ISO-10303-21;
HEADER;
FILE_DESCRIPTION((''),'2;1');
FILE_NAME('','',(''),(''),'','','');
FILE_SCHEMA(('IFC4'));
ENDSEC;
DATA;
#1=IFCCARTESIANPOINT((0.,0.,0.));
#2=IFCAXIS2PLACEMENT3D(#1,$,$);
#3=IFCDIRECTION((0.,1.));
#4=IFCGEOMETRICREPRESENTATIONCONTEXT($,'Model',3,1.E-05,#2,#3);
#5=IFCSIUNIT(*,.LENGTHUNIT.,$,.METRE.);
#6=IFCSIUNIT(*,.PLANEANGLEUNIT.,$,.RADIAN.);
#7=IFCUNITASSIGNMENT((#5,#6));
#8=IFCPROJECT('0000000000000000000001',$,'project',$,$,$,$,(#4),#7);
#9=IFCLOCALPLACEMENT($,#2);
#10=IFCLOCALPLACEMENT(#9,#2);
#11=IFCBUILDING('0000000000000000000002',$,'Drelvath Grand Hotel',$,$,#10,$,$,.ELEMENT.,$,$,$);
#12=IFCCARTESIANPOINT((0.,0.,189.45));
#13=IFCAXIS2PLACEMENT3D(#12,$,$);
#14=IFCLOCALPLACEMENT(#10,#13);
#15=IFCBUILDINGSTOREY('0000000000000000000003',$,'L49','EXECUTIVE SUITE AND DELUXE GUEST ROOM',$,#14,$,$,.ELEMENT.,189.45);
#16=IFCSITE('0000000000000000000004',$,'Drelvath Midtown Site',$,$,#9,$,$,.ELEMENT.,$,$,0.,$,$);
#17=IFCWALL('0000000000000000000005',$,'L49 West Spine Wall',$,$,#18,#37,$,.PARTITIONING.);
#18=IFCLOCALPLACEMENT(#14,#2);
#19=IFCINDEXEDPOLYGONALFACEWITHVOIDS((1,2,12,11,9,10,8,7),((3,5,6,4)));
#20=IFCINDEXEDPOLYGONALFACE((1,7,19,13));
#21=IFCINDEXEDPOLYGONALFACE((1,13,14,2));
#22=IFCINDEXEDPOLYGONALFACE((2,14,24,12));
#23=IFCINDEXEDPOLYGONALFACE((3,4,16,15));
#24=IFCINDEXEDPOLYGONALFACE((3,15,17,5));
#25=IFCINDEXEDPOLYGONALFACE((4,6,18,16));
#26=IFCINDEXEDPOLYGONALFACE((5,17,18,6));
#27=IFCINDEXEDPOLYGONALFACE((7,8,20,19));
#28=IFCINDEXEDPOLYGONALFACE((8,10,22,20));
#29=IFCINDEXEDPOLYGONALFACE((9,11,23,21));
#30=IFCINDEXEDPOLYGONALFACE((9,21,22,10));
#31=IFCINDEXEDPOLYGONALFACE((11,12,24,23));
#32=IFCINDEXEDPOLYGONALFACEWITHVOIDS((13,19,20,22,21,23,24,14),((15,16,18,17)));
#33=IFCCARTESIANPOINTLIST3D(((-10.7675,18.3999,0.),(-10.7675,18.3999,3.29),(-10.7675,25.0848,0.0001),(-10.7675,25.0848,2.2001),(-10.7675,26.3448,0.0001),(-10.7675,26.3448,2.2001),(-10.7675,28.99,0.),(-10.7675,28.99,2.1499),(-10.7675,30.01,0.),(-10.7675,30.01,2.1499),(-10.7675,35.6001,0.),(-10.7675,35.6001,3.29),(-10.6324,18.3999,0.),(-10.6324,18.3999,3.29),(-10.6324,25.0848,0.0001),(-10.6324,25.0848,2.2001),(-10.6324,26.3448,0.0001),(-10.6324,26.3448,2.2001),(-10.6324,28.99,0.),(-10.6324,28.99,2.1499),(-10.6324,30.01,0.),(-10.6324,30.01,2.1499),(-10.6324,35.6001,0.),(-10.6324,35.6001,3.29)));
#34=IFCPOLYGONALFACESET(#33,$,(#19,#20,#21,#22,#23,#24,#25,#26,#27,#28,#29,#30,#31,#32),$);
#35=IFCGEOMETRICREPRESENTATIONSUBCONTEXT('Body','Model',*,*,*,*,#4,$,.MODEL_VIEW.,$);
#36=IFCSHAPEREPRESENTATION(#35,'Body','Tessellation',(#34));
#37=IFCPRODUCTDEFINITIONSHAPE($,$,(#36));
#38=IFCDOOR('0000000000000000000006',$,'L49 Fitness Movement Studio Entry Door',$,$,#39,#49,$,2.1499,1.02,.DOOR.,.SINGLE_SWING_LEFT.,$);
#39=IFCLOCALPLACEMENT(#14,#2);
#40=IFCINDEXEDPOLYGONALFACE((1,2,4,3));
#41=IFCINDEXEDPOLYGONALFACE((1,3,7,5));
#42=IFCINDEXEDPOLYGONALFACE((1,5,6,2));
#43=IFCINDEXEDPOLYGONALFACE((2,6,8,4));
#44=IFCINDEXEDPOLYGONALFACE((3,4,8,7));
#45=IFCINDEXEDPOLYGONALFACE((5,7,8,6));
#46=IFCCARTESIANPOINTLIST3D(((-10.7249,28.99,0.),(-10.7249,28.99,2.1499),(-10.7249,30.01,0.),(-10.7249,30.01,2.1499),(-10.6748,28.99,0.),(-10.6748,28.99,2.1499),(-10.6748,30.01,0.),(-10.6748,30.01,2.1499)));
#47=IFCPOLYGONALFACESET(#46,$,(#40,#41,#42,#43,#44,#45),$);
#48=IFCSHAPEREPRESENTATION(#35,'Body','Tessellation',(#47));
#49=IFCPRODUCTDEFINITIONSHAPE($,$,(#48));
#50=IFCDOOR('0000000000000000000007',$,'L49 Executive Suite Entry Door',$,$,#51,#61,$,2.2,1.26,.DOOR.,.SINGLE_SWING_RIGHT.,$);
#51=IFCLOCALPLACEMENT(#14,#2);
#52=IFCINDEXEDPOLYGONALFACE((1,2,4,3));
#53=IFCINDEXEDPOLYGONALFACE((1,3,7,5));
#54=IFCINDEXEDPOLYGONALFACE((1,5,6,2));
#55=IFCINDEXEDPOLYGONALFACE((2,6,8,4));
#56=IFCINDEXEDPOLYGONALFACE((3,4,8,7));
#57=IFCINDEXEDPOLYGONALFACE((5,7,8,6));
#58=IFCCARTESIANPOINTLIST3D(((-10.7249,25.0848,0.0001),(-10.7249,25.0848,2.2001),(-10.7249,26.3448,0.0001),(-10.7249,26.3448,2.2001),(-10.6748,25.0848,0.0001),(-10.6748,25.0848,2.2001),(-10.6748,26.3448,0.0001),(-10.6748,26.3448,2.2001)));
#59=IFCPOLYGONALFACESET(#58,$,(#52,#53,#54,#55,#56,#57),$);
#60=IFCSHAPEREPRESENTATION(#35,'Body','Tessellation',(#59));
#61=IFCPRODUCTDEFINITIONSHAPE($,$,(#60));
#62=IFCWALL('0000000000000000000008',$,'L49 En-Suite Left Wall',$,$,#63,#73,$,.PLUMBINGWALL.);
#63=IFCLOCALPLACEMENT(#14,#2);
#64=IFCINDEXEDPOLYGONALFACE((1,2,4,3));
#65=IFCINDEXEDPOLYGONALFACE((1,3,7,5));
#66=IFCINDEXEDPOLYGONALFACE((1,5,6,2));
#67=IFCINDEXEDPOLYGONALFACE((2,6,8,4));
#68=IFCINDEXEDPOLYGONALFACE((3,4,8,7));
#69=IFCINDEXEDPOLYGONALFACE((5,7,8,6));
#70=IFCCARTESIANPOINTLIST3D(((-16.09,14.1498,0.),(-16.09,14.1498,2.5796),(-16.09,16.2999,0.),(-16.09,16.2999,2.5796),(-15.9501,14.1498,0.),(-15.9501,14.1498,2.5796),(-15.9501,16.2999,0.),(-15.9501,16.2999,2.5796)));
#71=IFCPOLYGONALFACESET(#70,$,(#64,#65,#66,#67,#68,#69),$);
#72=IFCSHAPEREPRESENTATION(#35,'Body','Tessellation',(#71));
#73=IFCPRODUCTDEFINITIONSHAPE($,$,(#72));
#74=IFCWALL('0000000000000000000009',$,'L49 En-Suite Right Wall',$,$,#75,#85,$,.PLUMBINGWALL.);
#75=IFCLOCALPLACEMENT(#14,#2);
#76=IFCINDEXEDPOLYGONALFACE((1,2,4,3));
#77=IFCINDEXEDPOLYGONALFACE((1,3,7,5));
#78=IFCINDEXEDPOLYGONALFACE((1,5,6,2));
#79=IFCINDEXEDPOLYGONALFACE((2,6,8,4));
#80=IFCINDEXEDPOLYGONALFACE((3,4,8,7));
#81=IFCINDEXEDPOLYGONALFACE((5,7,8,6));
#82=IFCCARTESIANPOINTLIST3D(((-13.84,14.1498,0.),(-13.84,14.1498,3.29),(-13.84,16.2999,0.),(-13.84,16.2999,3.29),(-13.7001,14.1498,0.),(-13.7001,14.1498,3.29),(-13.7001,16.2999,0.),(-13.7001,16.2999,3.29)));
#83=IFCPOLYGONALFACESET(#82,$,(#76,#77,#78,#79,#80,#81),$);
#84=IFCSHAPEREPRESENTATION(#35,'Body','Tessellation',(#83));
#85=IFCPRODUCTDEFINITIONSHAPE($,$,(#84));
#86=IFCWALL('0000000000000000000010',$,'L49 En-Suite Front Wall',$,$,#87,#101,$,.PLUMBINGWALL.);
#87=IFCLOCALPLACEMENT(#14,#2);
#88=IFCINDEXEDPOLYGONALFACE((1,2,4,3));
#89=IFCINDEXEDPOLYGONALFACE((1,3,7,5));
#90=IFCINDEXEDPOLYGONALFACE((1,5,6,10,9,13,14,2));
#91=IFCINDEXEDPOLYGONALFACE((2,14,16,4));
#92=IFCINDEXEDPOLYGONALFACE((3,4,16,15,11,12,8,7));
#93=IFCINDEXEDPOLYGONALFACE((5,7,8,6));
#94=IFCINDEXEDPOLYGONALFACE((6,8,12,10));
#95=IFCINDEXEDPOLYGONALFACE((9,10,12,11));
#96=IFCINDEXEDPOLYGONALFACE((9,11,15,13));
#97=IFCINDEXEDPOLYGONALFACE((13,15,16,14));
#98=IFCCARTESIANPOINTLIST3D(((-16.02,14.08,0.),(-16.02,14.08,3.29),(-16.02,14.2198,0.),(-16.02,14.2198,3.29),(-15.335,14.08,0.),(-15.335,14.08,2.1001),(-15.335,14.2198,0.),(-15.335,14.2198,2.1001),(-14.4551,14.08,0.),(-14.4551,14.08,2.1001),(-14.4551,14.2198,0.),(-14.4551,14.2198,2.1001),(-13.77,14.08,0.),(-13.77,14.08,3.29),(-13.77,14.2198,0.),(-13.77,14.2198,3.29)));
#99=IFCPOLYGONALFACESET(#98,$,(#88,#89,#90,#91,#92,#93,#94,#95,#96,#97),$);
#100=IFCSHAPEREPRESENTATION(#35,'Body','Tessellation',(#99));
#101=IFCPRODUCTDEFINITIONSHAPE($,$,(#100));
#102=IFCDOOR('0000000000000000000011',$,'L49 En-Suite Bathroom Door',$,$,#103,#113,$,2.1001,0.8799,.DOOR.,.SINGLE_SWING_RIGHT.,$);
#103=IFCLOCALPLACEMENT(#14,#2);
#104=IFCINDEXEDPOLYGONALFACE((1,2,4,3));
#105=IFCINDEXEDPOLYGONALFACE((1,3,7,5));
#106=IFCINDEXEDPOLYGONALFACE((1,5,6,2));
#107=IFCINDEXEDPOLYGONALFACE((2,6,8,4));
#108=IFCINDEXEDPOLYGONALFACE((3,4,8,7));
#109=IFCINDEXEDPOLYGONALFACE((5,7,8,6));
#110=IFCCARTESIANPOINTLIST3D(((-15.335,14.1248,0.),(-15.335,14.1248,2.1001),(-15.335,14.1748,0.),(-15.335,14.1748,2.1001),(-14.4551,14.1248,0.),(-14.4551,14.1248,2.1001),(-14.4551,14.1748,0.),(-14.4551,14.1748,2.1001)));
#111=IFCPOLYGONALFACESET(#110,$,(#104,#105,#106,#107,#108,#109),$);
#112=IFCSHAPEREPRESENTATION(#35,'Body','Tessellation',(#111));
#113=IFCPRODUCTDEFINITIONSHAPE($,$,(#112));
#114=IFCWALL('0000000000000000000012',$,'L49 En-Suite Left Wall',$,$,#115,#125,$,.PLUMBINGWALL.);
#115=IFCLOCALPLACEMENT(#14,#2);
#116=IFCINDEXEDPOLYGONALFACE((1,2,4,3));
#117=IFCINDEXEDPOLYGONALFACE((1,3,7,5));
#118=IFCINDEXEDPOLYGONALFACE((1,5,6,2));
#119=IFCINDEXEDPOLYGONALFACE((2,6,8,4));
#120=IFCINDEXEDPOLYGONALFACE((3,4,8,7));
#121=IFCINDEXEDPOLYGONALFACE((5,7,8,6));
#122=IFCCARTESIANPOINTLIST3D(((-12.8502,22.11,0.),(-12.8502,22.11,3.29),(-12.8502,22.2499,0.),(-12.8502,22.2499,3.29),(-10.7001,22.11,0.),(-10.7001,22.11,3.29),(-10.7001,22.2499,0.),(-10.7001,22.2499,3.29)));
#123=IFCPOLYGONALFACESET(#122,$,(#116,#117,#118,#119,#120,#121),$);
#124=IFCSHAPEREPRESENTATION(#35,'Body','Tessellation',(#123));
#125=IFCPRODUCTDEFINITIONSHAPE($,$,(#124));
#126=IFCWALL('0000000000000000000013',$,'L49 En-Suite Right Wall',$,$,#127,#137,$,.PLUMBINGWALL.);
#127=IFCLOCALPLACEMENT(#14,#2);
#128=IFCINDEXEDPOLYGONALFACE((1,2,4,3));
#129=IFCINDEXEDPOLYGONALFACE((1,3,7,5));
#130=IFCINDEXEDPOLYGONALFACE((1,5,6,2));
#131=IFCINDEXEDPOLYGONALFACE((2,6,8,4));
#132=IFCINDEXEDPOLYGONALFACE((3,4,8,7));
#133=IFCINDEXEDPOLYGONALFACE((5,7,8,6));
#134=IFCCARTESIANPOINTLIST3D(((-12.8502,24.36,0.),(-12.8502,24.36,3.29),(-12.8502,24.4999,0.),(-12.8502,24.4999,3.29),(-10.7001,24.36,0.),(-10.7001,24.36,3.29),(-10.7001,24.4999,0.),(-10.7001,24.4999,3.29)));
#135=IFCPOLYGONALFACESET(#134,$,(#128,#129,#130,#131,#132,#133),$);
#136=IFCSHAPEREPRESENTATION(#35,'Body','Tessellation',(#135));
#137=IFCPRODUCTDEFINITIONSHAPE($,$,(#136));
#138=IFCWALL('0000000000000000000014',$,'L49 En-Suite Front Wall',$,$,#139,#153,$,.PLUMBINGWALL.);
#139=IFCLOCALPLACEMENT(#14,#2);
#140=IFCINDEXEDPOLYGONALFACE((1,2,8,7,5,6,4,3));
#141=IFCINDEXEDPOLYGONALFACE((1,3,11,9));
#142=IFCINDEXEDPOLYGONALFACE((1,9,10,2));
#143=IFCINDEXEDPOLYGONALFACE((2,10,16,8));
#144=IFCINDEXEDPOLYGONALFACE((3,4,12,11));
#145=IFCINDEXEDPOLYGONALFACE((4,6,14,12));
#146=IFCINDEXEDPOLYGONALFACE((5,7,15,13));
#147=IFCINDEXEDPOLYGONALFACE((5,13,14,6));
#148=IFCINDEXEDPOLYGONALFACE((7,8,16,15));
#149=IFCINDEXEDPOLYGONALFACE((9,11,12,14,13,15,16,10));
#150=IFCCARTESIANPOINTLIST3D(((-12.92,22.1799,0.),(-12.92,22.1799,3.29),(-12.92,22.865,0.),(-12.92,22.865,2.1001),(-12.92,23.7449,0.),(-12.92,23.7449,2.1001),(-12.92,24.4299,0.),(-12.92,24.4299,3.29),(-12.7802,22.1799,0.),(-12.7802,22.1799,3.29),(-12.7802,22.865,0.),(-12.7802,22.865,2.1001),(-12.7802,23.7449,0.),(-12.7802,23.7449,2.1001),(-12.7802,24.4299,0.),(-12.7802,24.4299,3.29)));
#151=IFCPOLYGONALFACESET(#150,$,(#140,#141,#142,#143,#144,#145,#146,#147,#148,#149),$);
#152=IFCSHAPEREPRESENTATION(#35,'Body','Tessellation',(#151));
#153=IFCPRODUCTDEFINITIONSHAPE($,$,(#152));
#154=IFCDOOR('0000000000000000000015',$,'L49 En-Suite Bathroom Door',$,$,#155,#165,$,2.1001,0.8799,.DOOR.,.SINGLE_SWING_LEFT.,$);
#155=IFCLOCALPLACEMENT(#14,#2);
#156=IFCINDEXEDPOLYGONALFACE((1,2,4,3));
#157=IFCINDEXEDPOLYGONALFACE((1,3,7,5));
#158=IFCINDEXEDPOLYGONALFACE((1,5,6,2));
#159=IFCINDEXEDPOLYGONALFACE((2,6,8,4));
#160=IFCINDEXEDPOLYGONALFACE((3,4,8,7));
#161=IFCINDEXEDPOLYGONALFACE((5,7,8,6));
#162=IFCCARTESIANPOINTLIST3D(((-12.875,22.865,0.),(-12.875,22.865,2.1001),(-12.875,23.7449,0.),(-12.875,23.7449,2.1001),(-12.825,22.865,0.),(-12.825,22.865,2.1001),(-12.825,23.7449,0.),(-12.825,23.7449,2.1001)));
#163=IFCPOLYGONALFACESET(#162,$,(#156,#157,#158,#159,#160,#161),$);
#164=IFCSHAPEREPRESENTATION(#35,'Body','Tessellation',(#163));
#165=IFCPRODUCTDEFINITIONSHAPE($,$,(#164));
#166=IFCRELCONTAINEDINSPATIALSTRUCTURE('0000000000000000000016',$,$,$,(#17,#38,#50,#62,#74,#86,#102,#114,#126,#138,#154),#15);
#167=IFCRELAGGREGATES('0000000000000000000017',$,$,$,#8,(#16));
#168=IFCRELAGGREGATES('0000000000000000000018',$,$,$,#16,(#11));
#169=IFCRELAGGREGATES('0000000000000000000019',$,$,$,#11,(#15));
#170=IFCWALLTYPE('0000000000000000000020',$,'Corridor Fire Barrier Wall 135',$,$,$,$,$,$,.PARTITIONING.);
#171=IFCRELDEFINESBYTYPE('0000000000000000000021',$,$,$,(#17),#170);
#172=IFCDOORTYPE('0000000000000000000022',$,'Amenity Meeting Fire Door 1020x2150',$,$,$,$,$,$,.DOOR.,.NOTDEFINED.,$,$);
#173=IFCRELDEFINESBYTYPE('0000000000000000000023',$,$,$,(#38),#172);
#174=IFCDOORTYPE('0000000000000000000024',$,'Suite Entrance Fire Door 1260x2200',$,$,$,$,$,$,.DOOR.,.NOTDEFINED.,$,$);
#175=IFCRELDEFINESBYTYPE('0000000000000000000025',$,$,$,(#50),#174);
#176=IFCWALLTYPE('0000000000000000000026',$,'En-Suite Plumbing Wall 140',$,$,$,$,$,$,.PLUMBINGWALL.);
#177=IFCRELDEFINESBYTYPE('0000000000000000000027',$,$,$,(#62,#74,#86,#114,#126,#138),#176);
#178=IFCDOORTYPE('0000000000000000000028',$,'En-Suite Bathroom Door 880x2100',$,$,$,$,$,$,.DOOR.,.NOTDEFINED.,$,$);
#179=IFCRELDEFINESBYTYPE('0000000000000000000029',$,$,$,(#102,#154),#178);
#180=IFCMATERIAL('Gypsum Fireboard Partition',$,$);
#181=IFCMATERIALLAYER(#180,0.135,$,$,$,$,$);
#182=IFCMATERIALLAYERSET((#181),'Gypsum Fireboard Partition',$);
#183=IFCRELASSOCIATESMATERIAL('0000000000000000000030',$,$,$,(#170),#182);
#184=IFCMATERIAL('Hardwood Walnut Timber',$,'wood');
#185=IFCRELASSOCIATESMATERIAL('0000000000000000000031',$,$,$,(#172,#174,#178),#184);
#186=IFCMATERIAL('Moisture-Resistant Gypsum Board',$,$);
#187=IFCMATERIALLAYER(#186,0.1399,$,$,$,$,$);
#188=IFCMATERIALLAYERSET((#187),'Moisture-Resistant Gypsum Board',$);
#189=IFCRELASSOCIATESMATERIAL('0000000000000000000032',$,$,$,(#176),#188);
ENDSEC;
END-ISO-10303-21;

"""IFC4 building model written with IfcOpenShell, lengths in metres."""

from ifc_helpers import new_model, si_unit, direction, frame, frame_2d, origin, place, context, subcontext, project, spatial, rectangle, extrude, material, layer, layer_set, type_object, element, fill, save


model = new_model("IFC4")

# Units and contexts
model_context = context("Model", 3, precision=1e-05, world=origin(), true_north=direction((0.0, 1.0)))
body_context = subcontext(model_context, "Body", "Model", "MODEL_VIEW")
ifc_project = project(units=[si_unit("LENGTHUNIT", "METRE"), si_unit("PLANEANGLEUNIT", "RADIAN")], contexts=[model_context])

# Site, building, storey
site_placement = place(None, origin())
site = spatial("IfcSite", under=ifc_project, at=site_placement, Name="Drelvath Midtown Site", CompositionType="ELEMENT", RefElevation=0.0)
building_placement = place(site_placement, origin())
building = spatial("IfcBuilding", under=site, at=building_placement, Name="Drelvath Grand Hotel", CompositionType="ELEMENT")
storey_placement = place(building_placement, frame((0.0, 0.0, 189.45)))
storey = spatial("IfcBuildingStorey", under=building, at=storey_placement, Name="L49", Description="EXECUTIVE SUITE AND DELUXE GUEST ROOM", CompositionType="ELEMENT", Elevation=189.45)

# Shared definitions
ifc_material_1 = material(Name="Gypsum Fireboard Partition")
ifc_layer_1 = layer(ifc_material_1, 0.135)
ifc_layer_set_1 = layer_set([ifc_layer_1], Name="Gypsum Fireboard Partition")
wall_type_1 = type_object("IfcWallType", Name="Corridor Fire Barrier Wall 135", PredefinedType="PARTITIONING", material=ifc_layer_set_1)

# Wall, openings, doors
wall_1_placement = place(storey_placement, frame((-10.7, 18.3999, 0.0), z_axis=(0.0, 0.0, 1.0), x_axis=(0.0, 1.0, 0.0)))
wall_1 = element("IfcWall", 1, at=wall_1_placement, inside=storey, type_object=wall_type_1, Name="L49 West Spine Wall", PredefinedType="PARTITIONING", context=body_context, shape_type="SweptSolid", body=[
    extrude(rectangle(XDim=17.2002, YDim=0.135, at=frame_2d((8.6001, 0.0))), origin(), (0.0, 0.0, 1.0), 3.29),
])
opening_1_placement = place(wall_1_placement, frame((6.6851, 0.0, 0.0)))
opening_1 = element("IfcOpeningElement", 2, at=opening_1_placement, cuts=wall_1, PredefinedType="OPENING", context=body_context, shape_type="SweptSolid", body=[
    extrude(rectangle(XDim=1.26, YDim=2.2, at=frame_2d((0.6299, 1.1001))), frame((0.0, 0.0774, 0.0), z_axis=(0.0, -1.0, 0.0), x_axis=(1.0, 0.0, 0.0)), (0.0, 0.0, 1.0), 0.155),
])
opening_2_placement = place(wall_1_placement, frame((10.5901, 0.0, 0.0)))
opening_2 = element("IfcOpeningElement", 3, at=opening_2_placement, cuts=wall_1, PredefinedType="OPENING", context=body_context, shape_type="SweptSolid", body=[
    extrude(rectangle(XDim=1.02, YDim=2.1499, at=frame_2d((0.51, 1.075))), frame((0.0, 0.0774, 0.0), z_axis=(0.0, -1.0, 0.0), x_axis=(1.0, 0.0, 0.0)), (0.0, 0.0, 1.0), 0.155),
])
ifc_material_2 = material(Name="Hardwood Walnut Timber", Category="wood")
door_type_1 = type_object("IfcDoorType", Name="Amenity Meeting Fire Door 1020x2150", OperationType="NOTDEFINED", PredefinedType="DOOR", material=ifc_material_2)
door_1_placement = place(opening_2_placement, origin())
door_1 = element("IfcDoor", 4, at=door_1_placement, inside=storey, type_object=door_type_1, Name="L49 Fitness Movement Studio Entry Door", OperationType="SINGLE_SWING_LEFT", OverallHeight=2.1499, OverallWidth=1.02, PredefinedType="DOOR", context=body_context, shape_type="SweptSolid", body=[
    extrude(rectangle(XDim=1.02, YDim=2.1499, at=frame_2d((0.51, 1.075))), frame((0.0, 0.0249, 0.0), z_axis=(0.0, -1.0, 0.0), x_axis=(1.0, 0.0, 0.0)), (0.0, 0.0, 1.0), 0.05),
])
fill(opening_2, door_1)
door_type_2 = type_object("IfcDoorType", Name="Suite Entrance Fire Door 1260x2200", OperationType="NOTDEFINED", PredefinedType="DOOR", material=ifc_material_2)
door_2_placement = place(opening_1_placement, origin())
door_2 = element("IfcDoor", 5, at=door_2_placement, inside=storey, type_object=door_type_2, Name="L49 Executive Suite Entry Door", OperationType="SINGLE_SWING_RIGHT", OverallHeight=2.2, OverallWidth=1.26, PredefinedType="DOOR", context=body_context, shape_type="SweptSolid", body=[
    extrude(rectangle(XDim=1.26, YDim=2.2, at=frame_2d((0.6299, 1.1001))), frame((0.0, 0.0249, 0.0), z_axis=(0.0, -1.0, 0.0), x_axis=(1.0, 0.0, 0.0)), (0.0, 0.0, 1.0), 0.05),
])
fill(opening_1, door_2)

# Walls
ifc_material_3 = material(Name="Moisture-Resistant Gypsum Board")
ifc_layer_2 = layer(ifc_material_3, 0.1399)
ifc_layer_set_2 = layer_set([ifc_layer_2], Name="Moisture-Resistant Gypsum Board")
wall_type_2 = type_object("IfcWallType", Name="En-Suite Plumbing Wall 140", PredefinedType="PLUMBINGWALL", material=ifc_layer_set_2)
wall_2_placement = place(storey_placement, frame((-16.02, 16.3, 0.0), z_axis=(0.0, 0.0, 1.0), x_axis=(0.0, -1.0, 0.0)))
element("IfcWall", 6, at=wall_2_placement, inside=storey, type_object=wall_type_2, Name="L49 En-Suite Left Wall", PredefinedType="PLUMBINGWALL", context=body_context, shape_type="SweptSolid", body=[
    extrude(rectangle(XDim=2.1501, YDim=0.1399, at=frame_2d((1.0752, 0.0))), origin(), (0.0, 0.0, 1.0), 2.5796),
])
wall_3_placement = place(storey_placement, frame((-13.77, 16.3, 0.0), z_axis=(0.0, 0.0, 1.0), x_axis=(0.0, -1.0, 0.0)))
element("IfcWall", 7, at=wall_3_placement, inside=storey, type_object=wall_type_2, Name="L49 En-Suite Right Wall", PredefinedType="PLUMBINGWALL", context=body_context, shape_type="SweptSolid", body=[
    extrude(rectangle(XDim=2.1501, YDim=0.1399, at=frame_2d((1.0752, 0.0))), origin(), (0.0, 0.0, 1.0), 3.29),
])

# Wall, opening, door
wall_4_placement = place(storey_placement, frame((-16.02, 14.1499, 0.0), z_axis=(0.0, 0.0, 1.0), x_axis=(1.0, 0.0, 0.0)))
wall_4 = element("IfcWall", 8, at=wall_4_placement, inside=storey, type_object=wall_type_2, Name="L49 En-Suite Front Wall", PredefinedType="PLUMBINGWALL", context=body_context, shape_type="SweptSolid", body=[
    extrude(rectangle(XDim=2.25, YDim=0.1399, at=frame_2d((1.125, 0.0))), origin(), (0.0, 0.0, 1.0), 3.29),
])
opening_3_placement = place(wall_4_placement, frame((0.6851, 0.0, 0.0)))
opening_3 = element("IfcOpeningElement", 9, at=opening_3_placement, cuts=wall_4, PredefinedType="OPENING", context=body_context, shape_type="SweptSolid", body=[
    extrude(rectangle(XDim=0.8799, YDim=2.1001, at=frame_2d((0.4399, 1.05))), frame((0.0, 0.0798, 0.0), z_axis=(0.0, -1.0, 0.0), x_axis=(1.0, 0.0, 0.0)), (0.0, 0.0, 1.0), 0.1599),
])
door_type_3 = type_object("IfcDoorType", Name="En-Suite Bathroom Door 880x2100", OperationType="NOTDEFINED", PredefinedType="DOOR", material=ifc_material_2)
door_3_placement = place(opening_3_placement, origin())
door_3 = element("IfcDoor", 10, at=door_3_placement, inside=storey, type_object=door_type_3, Name="L49 En-Suite Bathroom Door", OperationType="SINGLE_SWING_RIGHT", OverallHeight=2.1001, OverallWidth=0.8799, PredefinedType="DOOR", context=body_context, shape_type="SweptSolid", body=[
    extrude(rectangle(XDim=0.8799, YDim=2.1001, at=frame_2d((0.4399, 1.05))), frame((0.0, 0.0249, 0.0), z_axis=(0.0, -1.0, 0.0), x_axis=(1.0, 0.0, 0.0)), (0.0, 0.0, 1.0), 0.05),
])
fill(opening_3, door_3)

# Walls
for number, where, z_axis, x_axis, name in (
    (11, (-10.7, 22.1799, 0.0), (0.0, 0.0, 1.0), (-1.0, 0.0, 0.0), "L49 En-Suite Left Wall"),
    (12, (-10.7, 24.4299, 0.0), (0.0, 0.0, 1.0), (-1.0, 0.0, 0.0), "L49 En-Suite Right Wall"),
):
    element("IfcWall", number, at=place(storey_placement, frame(where, z_axis=z_axis, x_axis=x_axis)), inside=storey, type_object=wall_type_2, Name=name, PredefinedType="PLUMBINGWALL", context=body_context, shape_type="SweptSolid", body=[
        extrude(rectangle(XDim=2.1501, YDim=0.1399, at=frame_2d((1.0752, 0.0))), origin(), (0.0, 0.0, 1.0), 3.29),
    ])

# Wall, opening, door
wall_5_placement = place(storey_placement, frame((-12.8501, 22.1799, 0.0), z_axis=(0.0, 0.0, 1.0), x_axis=(0.0, 1.0, 0.0)))
wall_5 = element("IfcWall", 13, at=wall_5_placement, inside=storey, type_object=wall_type_2, Name="L49 En-Suite Front Wall", PredefinedType="PLUMBINGWALL", context=body_context, shape_type="SweptSolid", body=[
    extrude(rectangle(XDim=2.25, YDim=0.1399, at=frame_2d((1.125, 0.0))), origin(), (0.0, 0.0, 1.0), 3.29),
])
opening_4_placement = place(wall_5_placement, frame((0.6851, 0.0, 0.0)))
opening_4 = element("IfcOpeningElement", 14, at=opening_4_placement, cuts=wall_5, PredefinedType="OPENING", context=body_context, shape_type="SweptSolid", body=[
    extrude(rectangle(XDim=0.8799, YDim=2.1001, at=frame_2d((0.4399, 1.05))), frame((0.0, 0.0798, 0.0), z_axis=(0.0, -1.0, 0.0), x_axis=(1.0, 0.0, 0.0)), (0.0, 0.0, 1.0), 0.1599),
])
door_4_placement = place(opening_4_placement, origin())
door_4 = element("IfcDoor", 15, at=door_4_placement, inside=storey, type_object=door_type_3, Name="L49 En-Suite Bathroom Door", OperationType="SINGLE_SWING_LEFT", OverallHeight=2.1001, OverallWidth=0.8799, PredefinedType="DOOR", context=body_context, shape_type="SweptSolid", body=[
    extrude(rectangle(XDim=0.8799, YDim=2.1001, at=frame_2d((0.4399, 1.05))), frame((0.0, 0.0249, 0.0), z_axis=(0.0, -1.0, 0.0), x_axis=(1.0, 0.0, 0.0)), (0.0, 0.0, 1.0), 0.05),
])
fill(opening_4, door_4)

save(model, "model.ifc")
